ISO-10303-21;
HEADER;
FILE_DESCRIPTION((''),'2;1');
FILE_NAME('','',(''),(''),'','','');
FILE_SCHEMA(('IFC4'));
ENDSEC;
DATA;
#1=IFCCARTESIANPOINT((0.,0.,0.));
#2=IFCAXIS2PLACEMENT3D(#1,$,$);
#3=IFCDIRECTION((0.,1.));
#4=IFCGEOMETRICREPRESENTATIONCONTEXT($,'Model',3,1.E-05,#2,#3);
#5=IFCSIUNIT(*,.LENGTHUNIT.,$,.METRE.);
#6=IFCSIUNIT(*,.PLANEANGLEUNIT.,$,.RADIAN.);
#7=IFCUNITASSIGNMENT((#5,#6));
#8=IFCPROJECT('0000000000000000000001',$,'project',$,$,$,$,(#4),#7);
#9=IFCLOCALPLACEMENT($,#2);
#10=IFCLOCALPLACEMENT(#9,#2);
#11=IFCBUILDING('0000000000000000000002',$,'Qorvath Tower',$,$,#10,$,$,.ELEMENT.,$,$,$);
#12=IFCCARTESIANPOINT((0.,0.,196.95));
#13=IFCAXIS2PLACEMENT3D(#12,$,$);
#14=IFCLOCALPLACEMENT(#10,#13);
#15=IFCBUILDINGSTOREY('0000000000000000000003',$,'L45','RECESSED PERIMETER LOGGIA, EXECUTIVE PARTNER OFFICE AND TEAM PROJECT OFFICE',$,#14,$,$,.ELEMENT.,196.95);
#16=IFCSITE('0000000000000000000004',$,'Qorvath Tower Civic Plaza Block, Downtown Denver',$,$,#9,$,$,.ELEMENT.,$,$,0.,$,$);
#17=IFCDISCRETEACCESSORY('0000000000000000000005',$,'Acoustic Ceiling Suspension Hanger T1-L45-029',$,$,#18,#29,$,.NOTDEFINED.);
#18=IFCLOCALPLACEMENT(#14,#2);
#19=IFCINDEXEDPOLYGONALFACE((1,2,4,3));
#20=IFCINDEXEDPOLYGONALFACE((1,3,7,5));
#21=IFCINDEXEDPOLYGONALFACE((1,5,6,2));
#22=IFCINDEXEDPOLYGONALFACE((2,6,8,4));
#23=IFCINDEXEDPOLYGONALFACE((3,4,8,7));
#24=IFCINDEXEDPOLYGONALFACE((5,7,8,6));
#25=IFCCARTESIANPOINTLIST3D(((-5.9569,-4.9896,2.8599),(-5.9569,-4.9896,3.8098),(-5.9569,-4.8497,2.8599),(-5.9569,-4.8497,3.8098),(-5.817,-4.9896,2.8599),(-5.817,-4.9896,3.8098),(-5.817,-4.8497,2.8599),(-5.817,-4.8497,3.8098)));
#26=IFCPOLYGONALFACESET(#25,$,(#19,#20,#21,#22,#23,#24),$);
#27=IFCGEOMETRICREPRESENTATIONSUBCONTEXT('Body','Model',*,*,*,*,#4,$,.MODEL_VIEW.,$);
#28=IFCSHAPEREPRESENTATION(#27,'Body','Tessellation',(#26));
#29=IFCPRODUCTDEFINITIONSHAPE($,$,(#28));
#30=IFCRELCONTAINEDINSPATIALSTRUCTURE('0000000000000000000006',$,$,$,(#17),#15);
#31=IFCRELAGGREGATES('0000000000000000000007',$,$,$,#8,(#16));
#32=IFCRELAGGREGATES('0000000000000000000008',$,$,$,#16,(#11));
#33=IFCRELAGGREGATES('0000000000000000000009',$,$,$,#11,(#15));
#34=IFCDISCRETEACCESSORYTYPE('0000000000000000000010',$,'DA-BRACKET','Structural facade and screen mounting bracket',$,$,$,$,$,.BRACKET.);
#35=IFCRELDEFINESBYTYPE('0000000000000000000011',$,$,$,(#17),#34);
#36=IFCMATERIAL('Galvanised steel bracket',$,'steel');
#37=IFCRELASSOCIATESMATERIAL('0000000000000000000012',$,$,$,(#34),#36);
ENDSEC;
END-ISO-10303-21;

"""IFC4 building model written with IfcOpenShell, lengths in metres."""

from ifc_helpers import new_model, si_unit, direction, frame, origin, origin_2d, place, context, subcontext, project, spatial, rectangle, extrude, material, type_object, element, save


model = new_model("IFC4")

# Units and contexts
model_context = context("Model", 3, precision=1e-05, world=origin(), true_north=direction((0.0, 1.0)))
body_context = subcontext(model_context, "Body", "Model", "MODEL_VIEW")
ifc_project = project(units=[si_unit("LENGTHUNIT", "METRE"), si_unit("PLANEANGLEUNIT", "RADIAN")], contexts=[model_context])

# Site, building, storey
site_placement = place(None, origin())
site = spatial("IfcSite", under=ifc_project, at=site_placement, Name="Qorvath Tower Civic Plaza Block, Downtown Denver", CompositionType="ELEMENT", RefElevation=0.0)
building_placement = place(site_placement, origin())
building = spatial("IfcBuilding", under=site, at=building_placement, Name="Qorvath Tower", CompositionType="ELEMENT")
storey_placement = place(building_placement, frame((0.0, 0.0, 196.95)))
storey = spatial("IfcBuildingStorey", under=building, at=storey_placement, Name="L45", Description="RECESSED PERIMETER LOGGIA, EXECUTIVE PARTNER OFFICE AND TEAM PROJECT OFFICE", CompositionType="ELEMENT", Elevation=196.95)

# Discrete accessory
ifc_material_1 = material(Name="Galvanised steel bracket", Category="steel")
discrete_accessory_type = type_object("IfcDiscreteAccessoryType", Name="DA-BRACKET", Description="Structural facade and screen mounting bracket", PredefinedType="BRACKET", material=ifc_material_1)
for number, where, z_axis, x_axis, name in (
    (1, (-5.887, -4.9197, 2.8599), (0.0, 0.0, 1.0), (1.0, 0.0, 0.0), "Acoustic Ceiling Suspension Hanger T1-L45-029"),
):
    element("IfcDiscreteAccessory", number, at=place(storey_placement, frame(where, z_axis=z_axis, x_axis=x_axis)), inside=storey, type_object=discrete_accessory_type, Name=name, PredefinedType="NOTDEFINED", context=body_context, shape_type="SweptSolid", body=[
        extrude(rectangle(XDim=0.1399, YDim=0.1399, at=origin_2d()), origin(), (0.0, 0.0, 1.0), 0.95),
    ])

save(model, "model.ifc")
